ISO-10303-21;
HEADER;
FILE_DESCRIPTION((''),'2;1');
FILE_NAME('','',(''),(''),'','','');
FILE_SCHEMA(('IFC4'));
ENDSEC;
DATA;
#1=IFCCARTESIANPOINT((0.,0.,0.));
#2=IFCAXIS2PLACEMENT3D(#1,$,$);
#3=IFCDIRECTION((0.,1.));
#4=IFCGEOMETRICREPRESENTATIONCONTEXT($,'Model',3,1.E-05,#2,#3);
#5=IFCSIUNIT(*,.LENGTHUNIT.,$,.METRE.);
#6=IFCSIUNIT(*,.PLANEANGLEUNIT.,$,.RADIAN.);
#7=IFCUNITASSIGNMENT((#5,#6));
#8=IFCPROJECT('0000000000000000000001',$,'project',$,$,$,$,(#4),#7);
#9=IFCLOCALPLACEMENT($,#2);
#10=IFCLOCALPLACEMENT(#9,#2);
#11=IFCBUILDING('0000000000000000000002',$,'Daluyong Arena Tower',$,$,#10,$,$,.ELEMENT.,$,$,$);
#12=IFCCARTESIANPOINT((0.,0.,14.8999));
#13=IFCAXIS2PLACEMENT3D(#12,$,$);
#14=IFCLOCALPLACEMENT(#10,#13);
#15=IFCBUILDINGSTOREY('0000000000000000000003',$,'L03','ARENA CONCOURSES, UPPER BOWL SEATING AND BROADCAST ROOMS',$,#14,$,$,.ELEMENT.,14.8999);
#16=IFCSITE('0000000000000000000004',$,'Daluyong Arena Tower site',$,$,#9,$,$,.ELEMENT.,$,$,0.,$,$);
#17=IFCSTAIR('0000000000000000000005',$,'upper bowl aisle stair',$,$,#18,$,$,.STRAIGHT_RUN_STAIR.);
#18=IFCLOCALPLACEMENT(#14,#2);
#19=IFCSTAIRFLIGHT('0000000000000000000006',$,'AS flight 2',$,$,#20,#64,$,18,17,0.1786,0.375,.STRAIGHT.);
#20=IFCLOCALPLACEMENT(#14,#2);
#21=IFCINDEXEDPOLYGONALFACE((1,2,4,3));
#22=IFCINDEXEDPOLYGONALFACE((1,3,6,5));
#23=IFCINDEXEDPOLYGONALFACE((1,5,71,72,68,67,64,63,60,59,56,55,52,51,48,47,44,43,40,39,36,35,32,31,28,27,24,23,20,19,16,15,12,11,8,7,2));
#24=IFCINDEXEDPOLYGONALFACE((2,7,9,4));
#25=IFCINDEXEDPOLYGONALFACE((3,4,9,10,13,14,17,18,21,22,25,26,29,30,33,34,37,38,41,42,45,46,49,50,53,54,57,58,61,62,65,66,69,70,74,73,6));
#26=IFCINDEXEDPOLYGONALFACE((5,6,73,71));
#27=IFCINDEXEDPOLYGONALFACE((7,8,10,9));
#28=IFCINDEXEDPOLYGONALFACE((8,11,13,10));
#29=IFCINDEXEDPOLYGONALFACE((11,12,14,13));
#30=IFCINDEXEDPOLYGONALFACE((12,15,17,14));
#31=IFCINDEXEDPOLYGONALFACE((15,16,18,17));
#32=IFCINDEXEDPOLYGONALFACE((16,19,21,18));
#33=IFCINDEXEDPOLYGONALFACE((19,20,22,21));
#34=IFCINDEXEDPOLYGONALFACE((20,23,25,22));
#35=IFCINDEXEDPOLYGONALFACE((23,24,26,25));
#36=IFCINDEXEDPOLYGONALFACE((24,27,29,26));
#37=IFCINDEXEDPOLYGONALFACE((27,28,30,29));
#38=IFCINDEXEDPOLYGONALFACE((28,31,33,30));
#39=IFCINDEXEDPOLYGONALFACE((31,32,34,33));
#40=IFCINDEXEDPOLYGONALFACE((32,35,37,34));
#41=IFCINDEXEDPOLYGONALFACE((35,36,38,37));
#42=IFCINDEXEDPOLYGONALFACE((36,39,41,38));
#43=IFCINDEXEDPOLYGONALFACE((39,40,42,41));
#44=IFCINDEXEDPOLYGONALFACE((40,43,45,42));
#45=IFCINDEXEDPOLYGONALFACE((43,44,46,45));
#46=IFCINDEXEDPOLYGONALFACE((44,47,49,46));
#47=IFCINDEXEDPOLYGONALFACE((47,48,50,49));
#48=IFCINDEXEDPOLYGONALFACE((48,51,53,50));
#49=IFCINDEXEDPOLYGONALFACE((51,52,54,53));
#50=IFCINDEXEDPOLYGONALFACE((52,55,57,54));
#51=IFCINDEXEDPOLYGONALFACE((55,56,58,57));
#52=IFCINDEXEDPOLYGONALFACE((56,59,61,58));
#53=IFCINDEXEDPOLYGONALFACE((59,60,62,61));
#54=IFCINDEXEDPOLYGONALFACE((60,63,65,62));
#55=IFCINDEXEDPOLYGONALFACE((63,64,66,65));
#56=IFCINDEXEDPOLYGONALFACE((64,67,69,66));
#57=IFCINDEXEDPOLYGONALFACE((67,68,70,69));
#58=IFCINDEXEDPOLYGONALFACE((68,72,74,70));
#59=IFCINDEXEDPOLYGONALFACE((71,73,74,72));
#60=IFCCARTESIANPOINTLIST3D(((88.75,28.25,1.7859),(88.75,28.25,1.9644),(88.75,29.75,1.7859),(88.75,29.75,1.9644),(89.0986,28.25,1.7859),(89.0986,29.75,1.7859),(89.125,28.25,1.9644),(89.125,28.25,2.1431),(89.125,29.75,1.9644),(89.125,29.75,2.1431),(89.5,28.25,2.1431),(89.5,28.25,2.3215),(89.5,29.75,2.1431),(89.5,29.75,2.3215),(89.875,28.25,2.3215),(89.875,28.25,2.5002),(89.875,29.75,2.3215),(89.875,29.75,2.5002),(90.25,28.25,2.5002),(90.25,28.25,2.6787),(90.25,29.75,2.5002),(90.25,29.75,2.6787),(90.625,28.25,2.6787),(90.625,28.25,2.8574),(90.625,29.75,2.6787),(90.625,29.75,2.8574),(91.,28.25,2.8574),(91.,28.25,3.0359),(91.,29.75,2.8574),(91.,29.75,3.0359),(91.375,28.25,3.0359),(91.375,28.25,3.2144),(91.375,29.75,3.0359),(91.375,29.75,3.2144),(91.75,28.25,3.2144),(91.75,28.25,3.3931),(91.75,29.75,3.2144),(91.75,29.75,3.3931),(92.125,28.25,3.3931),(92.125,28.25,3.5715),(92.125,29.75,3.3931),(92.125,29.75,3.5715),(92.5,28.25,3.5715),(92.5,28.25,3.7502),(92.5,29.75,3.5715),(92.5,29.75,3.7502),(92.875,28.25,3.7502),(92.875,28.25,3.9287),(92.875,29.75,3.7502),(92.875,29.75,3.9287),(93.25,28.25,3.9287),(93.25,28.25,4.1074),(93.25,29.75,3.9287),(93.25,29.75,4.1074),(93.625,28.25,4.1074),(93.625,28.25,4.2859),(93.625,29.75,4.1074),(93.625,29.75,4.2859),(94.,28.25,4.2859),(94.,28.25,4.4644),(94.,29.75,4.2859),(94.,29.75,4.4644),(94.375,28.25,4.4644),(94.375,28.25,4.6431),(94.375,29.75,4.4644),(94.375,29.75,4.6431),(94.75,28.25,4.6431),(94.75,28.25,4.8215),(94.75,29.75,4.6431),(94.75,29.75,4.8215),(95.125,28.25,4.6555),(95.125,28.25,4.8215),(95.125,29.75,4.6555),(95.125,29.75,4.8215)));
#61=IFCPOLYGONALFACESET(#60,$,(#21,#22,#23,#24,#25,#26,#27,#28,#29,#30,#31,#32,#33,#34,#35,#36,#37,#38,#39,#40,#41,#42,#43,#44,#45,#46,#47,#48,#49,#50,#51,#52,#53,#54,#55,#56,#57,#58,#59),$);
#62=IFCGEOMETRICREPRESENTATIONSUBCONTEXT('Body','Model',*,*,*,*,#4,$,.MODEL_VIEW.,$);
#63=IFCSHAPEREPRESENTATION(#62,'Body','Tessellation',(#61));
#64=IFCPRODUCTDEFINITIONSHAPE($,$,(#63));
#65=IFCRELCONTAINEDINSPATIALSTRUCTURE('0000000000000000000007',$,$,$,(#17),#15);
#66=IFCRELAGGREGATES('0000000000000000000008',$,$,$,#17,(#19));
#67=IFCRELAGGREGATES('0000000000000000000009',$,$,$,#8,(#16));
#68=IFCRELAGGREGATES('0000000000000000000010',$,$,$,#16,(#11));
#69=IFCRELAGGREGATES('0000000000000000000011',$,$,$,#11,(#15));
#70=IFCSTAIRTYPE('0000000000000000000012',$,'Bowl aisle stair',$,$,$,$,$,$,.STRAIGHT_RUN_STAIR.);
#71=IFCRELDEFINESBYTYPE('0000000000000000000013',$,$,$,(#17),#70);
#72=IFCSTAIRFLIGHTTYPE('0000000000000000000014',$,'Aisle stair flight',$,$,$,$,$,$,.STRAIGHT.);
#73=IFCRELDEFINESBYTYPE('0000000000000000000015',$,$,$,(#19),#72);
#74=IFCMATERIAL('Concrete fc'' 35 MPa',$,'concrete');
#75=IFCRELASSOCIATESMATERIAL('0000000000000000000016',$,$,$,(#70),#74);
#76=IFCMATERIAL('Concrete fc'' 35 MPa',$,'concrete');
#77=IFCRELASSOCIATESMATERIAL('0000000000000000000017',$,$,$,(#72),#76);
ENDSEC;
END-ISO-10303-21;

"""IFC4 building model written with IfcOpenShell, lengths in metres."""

from ifc_helpers import new_model, si_unit, direction, frame, origin, place, context, subcontext, project, spatial, polyline, outline, extrude, material, type_object, element, aggregate, save


model = new_model("IFC4")

# Units and contexts
model_context = context("Model", 3, precision=1e-05, world=origin(), true_north=direction((0.0, 1.0)))
body_context = subcontext(model_context, "Body", "Model", "MODEL_VIEW")
ifc_project = project(units=[si_unit("LENGTHUNIT", "METRE"), si_unit("PLANEANGLEUNIT", "RADIAN")], contexts=[model_context])

# Site, building, storey
site_placement = place(None, origin())
site = spatial("IfcSite", under=ifc_project, at=site_placement, Name="Daluyong Arena Tower site", CompositionType="ELEMENT", RefElevation=0.0)
building_placement = place(site_placement, origin())
building = spatial("IfcBuilding", under=site, at=building_placement, Name="Daluyong Arena Tower", CompositionType="ELEMENT")
storey_placement = place(building_placement, frame((0.0, 0.0, 14.8999)))
storey = spatial("IfcBuildingStorey", under=building, at=storey_placement, Name="L03", Description="ARENA CONCOURSES, UPPER BOWL SEATING AND BROADCAST ROOMS", CompositionType="ELEMENT", Elevation=14.8999)

# Stair, stair flight
ifc_material_1 = material(Name="Concrete fc' 35 MPa", Category="concrete")
stair_type = type_object("IfcStairType", Name="Bowl aisle stair", PredefinedType="STRAIGHT_RUN_STAIR", material=ifc_material_1)
stair_placement = place(storey_placement, origin())
stair = element("IfcStair", 1, at=stair_placement, inside=storey, type_object=stair_type, Name="upper bowl aisle stair", PredefinedType="STRAIGHT_RUN_STAIR")
ifc_material_2 = material(Name="Concrete fc' 35 MPa", Category="concrete")
stair_flight_type = type_object("IfcStairFlightType", Name="Aisle stair flight", PredefinedType="STRAIGHT", material=ifc_material_2)
stair_flight_placement = place(storey_placement, frame((88.75, 29.0, 1.7859), z_axis=(0.0, 0.0, 1.0), x_axis=(1.0, 0.0, 0.0)))
stair_flight = element("IfcStairFlight", 2, at=stair_flight_placement, type_object=stair_flight_type, Name="AS flight 2", NumberOfRisers=18, NumberOfTreads=17, PredefinedType="STRAIGHT", RiserHeight=0.1786, TreadLength=0.375, context=body_context, shape_type="SweptSolid", body=[
    extrude(outline(polyline([(0.0, 0.0), (0.0, 0.1785), (0.375, 0.1785), (0.375, 0.3572), (0.75, 0.3572), (0.75, 0.5356), (1.125, 0.5356), (1.125, 0.7144), (1.5, 0.7144), (1.5, 0.8928), (1.875, 0.8928), (1.875, 1.0715), (2.25, 1.0715), (2.25, 1.25), (2.625, 1.25), (2.625, 1.4285), (3.0, 1.4285), (3.0, 1.6072), (3.375, 1.6072), (3.375, 1.7856), (3.75, 1.7856), (3.75, 1.9644), (4.125, 1.9644), (4.125, 2.1428), (4.5, 2.1428), (4.5, 2.3215), (4.875, 2.3215), (4.875, 2.5), (5.25, 2.5), (5.25, 2.6785), (5.625, 2.6785), (5.625, 2.8572), (6.0, 2.8572), (6.0, 3.0356), (6.375, 3.0356), (6.375, 3.2144), (6.375, 2.8696), (0.3486, 0.0), (0.0, 0.0)])), frame((0.0, 0.75, 0.0), z_axis=(0.0, -1.0, 0.0), x_axis=(1.0, 0.0, 0.0)), (0.0, 0.0, 1.0), 1.5),
])
aggregate(stair, [stair_flight])

save(model, "model.ifc")
